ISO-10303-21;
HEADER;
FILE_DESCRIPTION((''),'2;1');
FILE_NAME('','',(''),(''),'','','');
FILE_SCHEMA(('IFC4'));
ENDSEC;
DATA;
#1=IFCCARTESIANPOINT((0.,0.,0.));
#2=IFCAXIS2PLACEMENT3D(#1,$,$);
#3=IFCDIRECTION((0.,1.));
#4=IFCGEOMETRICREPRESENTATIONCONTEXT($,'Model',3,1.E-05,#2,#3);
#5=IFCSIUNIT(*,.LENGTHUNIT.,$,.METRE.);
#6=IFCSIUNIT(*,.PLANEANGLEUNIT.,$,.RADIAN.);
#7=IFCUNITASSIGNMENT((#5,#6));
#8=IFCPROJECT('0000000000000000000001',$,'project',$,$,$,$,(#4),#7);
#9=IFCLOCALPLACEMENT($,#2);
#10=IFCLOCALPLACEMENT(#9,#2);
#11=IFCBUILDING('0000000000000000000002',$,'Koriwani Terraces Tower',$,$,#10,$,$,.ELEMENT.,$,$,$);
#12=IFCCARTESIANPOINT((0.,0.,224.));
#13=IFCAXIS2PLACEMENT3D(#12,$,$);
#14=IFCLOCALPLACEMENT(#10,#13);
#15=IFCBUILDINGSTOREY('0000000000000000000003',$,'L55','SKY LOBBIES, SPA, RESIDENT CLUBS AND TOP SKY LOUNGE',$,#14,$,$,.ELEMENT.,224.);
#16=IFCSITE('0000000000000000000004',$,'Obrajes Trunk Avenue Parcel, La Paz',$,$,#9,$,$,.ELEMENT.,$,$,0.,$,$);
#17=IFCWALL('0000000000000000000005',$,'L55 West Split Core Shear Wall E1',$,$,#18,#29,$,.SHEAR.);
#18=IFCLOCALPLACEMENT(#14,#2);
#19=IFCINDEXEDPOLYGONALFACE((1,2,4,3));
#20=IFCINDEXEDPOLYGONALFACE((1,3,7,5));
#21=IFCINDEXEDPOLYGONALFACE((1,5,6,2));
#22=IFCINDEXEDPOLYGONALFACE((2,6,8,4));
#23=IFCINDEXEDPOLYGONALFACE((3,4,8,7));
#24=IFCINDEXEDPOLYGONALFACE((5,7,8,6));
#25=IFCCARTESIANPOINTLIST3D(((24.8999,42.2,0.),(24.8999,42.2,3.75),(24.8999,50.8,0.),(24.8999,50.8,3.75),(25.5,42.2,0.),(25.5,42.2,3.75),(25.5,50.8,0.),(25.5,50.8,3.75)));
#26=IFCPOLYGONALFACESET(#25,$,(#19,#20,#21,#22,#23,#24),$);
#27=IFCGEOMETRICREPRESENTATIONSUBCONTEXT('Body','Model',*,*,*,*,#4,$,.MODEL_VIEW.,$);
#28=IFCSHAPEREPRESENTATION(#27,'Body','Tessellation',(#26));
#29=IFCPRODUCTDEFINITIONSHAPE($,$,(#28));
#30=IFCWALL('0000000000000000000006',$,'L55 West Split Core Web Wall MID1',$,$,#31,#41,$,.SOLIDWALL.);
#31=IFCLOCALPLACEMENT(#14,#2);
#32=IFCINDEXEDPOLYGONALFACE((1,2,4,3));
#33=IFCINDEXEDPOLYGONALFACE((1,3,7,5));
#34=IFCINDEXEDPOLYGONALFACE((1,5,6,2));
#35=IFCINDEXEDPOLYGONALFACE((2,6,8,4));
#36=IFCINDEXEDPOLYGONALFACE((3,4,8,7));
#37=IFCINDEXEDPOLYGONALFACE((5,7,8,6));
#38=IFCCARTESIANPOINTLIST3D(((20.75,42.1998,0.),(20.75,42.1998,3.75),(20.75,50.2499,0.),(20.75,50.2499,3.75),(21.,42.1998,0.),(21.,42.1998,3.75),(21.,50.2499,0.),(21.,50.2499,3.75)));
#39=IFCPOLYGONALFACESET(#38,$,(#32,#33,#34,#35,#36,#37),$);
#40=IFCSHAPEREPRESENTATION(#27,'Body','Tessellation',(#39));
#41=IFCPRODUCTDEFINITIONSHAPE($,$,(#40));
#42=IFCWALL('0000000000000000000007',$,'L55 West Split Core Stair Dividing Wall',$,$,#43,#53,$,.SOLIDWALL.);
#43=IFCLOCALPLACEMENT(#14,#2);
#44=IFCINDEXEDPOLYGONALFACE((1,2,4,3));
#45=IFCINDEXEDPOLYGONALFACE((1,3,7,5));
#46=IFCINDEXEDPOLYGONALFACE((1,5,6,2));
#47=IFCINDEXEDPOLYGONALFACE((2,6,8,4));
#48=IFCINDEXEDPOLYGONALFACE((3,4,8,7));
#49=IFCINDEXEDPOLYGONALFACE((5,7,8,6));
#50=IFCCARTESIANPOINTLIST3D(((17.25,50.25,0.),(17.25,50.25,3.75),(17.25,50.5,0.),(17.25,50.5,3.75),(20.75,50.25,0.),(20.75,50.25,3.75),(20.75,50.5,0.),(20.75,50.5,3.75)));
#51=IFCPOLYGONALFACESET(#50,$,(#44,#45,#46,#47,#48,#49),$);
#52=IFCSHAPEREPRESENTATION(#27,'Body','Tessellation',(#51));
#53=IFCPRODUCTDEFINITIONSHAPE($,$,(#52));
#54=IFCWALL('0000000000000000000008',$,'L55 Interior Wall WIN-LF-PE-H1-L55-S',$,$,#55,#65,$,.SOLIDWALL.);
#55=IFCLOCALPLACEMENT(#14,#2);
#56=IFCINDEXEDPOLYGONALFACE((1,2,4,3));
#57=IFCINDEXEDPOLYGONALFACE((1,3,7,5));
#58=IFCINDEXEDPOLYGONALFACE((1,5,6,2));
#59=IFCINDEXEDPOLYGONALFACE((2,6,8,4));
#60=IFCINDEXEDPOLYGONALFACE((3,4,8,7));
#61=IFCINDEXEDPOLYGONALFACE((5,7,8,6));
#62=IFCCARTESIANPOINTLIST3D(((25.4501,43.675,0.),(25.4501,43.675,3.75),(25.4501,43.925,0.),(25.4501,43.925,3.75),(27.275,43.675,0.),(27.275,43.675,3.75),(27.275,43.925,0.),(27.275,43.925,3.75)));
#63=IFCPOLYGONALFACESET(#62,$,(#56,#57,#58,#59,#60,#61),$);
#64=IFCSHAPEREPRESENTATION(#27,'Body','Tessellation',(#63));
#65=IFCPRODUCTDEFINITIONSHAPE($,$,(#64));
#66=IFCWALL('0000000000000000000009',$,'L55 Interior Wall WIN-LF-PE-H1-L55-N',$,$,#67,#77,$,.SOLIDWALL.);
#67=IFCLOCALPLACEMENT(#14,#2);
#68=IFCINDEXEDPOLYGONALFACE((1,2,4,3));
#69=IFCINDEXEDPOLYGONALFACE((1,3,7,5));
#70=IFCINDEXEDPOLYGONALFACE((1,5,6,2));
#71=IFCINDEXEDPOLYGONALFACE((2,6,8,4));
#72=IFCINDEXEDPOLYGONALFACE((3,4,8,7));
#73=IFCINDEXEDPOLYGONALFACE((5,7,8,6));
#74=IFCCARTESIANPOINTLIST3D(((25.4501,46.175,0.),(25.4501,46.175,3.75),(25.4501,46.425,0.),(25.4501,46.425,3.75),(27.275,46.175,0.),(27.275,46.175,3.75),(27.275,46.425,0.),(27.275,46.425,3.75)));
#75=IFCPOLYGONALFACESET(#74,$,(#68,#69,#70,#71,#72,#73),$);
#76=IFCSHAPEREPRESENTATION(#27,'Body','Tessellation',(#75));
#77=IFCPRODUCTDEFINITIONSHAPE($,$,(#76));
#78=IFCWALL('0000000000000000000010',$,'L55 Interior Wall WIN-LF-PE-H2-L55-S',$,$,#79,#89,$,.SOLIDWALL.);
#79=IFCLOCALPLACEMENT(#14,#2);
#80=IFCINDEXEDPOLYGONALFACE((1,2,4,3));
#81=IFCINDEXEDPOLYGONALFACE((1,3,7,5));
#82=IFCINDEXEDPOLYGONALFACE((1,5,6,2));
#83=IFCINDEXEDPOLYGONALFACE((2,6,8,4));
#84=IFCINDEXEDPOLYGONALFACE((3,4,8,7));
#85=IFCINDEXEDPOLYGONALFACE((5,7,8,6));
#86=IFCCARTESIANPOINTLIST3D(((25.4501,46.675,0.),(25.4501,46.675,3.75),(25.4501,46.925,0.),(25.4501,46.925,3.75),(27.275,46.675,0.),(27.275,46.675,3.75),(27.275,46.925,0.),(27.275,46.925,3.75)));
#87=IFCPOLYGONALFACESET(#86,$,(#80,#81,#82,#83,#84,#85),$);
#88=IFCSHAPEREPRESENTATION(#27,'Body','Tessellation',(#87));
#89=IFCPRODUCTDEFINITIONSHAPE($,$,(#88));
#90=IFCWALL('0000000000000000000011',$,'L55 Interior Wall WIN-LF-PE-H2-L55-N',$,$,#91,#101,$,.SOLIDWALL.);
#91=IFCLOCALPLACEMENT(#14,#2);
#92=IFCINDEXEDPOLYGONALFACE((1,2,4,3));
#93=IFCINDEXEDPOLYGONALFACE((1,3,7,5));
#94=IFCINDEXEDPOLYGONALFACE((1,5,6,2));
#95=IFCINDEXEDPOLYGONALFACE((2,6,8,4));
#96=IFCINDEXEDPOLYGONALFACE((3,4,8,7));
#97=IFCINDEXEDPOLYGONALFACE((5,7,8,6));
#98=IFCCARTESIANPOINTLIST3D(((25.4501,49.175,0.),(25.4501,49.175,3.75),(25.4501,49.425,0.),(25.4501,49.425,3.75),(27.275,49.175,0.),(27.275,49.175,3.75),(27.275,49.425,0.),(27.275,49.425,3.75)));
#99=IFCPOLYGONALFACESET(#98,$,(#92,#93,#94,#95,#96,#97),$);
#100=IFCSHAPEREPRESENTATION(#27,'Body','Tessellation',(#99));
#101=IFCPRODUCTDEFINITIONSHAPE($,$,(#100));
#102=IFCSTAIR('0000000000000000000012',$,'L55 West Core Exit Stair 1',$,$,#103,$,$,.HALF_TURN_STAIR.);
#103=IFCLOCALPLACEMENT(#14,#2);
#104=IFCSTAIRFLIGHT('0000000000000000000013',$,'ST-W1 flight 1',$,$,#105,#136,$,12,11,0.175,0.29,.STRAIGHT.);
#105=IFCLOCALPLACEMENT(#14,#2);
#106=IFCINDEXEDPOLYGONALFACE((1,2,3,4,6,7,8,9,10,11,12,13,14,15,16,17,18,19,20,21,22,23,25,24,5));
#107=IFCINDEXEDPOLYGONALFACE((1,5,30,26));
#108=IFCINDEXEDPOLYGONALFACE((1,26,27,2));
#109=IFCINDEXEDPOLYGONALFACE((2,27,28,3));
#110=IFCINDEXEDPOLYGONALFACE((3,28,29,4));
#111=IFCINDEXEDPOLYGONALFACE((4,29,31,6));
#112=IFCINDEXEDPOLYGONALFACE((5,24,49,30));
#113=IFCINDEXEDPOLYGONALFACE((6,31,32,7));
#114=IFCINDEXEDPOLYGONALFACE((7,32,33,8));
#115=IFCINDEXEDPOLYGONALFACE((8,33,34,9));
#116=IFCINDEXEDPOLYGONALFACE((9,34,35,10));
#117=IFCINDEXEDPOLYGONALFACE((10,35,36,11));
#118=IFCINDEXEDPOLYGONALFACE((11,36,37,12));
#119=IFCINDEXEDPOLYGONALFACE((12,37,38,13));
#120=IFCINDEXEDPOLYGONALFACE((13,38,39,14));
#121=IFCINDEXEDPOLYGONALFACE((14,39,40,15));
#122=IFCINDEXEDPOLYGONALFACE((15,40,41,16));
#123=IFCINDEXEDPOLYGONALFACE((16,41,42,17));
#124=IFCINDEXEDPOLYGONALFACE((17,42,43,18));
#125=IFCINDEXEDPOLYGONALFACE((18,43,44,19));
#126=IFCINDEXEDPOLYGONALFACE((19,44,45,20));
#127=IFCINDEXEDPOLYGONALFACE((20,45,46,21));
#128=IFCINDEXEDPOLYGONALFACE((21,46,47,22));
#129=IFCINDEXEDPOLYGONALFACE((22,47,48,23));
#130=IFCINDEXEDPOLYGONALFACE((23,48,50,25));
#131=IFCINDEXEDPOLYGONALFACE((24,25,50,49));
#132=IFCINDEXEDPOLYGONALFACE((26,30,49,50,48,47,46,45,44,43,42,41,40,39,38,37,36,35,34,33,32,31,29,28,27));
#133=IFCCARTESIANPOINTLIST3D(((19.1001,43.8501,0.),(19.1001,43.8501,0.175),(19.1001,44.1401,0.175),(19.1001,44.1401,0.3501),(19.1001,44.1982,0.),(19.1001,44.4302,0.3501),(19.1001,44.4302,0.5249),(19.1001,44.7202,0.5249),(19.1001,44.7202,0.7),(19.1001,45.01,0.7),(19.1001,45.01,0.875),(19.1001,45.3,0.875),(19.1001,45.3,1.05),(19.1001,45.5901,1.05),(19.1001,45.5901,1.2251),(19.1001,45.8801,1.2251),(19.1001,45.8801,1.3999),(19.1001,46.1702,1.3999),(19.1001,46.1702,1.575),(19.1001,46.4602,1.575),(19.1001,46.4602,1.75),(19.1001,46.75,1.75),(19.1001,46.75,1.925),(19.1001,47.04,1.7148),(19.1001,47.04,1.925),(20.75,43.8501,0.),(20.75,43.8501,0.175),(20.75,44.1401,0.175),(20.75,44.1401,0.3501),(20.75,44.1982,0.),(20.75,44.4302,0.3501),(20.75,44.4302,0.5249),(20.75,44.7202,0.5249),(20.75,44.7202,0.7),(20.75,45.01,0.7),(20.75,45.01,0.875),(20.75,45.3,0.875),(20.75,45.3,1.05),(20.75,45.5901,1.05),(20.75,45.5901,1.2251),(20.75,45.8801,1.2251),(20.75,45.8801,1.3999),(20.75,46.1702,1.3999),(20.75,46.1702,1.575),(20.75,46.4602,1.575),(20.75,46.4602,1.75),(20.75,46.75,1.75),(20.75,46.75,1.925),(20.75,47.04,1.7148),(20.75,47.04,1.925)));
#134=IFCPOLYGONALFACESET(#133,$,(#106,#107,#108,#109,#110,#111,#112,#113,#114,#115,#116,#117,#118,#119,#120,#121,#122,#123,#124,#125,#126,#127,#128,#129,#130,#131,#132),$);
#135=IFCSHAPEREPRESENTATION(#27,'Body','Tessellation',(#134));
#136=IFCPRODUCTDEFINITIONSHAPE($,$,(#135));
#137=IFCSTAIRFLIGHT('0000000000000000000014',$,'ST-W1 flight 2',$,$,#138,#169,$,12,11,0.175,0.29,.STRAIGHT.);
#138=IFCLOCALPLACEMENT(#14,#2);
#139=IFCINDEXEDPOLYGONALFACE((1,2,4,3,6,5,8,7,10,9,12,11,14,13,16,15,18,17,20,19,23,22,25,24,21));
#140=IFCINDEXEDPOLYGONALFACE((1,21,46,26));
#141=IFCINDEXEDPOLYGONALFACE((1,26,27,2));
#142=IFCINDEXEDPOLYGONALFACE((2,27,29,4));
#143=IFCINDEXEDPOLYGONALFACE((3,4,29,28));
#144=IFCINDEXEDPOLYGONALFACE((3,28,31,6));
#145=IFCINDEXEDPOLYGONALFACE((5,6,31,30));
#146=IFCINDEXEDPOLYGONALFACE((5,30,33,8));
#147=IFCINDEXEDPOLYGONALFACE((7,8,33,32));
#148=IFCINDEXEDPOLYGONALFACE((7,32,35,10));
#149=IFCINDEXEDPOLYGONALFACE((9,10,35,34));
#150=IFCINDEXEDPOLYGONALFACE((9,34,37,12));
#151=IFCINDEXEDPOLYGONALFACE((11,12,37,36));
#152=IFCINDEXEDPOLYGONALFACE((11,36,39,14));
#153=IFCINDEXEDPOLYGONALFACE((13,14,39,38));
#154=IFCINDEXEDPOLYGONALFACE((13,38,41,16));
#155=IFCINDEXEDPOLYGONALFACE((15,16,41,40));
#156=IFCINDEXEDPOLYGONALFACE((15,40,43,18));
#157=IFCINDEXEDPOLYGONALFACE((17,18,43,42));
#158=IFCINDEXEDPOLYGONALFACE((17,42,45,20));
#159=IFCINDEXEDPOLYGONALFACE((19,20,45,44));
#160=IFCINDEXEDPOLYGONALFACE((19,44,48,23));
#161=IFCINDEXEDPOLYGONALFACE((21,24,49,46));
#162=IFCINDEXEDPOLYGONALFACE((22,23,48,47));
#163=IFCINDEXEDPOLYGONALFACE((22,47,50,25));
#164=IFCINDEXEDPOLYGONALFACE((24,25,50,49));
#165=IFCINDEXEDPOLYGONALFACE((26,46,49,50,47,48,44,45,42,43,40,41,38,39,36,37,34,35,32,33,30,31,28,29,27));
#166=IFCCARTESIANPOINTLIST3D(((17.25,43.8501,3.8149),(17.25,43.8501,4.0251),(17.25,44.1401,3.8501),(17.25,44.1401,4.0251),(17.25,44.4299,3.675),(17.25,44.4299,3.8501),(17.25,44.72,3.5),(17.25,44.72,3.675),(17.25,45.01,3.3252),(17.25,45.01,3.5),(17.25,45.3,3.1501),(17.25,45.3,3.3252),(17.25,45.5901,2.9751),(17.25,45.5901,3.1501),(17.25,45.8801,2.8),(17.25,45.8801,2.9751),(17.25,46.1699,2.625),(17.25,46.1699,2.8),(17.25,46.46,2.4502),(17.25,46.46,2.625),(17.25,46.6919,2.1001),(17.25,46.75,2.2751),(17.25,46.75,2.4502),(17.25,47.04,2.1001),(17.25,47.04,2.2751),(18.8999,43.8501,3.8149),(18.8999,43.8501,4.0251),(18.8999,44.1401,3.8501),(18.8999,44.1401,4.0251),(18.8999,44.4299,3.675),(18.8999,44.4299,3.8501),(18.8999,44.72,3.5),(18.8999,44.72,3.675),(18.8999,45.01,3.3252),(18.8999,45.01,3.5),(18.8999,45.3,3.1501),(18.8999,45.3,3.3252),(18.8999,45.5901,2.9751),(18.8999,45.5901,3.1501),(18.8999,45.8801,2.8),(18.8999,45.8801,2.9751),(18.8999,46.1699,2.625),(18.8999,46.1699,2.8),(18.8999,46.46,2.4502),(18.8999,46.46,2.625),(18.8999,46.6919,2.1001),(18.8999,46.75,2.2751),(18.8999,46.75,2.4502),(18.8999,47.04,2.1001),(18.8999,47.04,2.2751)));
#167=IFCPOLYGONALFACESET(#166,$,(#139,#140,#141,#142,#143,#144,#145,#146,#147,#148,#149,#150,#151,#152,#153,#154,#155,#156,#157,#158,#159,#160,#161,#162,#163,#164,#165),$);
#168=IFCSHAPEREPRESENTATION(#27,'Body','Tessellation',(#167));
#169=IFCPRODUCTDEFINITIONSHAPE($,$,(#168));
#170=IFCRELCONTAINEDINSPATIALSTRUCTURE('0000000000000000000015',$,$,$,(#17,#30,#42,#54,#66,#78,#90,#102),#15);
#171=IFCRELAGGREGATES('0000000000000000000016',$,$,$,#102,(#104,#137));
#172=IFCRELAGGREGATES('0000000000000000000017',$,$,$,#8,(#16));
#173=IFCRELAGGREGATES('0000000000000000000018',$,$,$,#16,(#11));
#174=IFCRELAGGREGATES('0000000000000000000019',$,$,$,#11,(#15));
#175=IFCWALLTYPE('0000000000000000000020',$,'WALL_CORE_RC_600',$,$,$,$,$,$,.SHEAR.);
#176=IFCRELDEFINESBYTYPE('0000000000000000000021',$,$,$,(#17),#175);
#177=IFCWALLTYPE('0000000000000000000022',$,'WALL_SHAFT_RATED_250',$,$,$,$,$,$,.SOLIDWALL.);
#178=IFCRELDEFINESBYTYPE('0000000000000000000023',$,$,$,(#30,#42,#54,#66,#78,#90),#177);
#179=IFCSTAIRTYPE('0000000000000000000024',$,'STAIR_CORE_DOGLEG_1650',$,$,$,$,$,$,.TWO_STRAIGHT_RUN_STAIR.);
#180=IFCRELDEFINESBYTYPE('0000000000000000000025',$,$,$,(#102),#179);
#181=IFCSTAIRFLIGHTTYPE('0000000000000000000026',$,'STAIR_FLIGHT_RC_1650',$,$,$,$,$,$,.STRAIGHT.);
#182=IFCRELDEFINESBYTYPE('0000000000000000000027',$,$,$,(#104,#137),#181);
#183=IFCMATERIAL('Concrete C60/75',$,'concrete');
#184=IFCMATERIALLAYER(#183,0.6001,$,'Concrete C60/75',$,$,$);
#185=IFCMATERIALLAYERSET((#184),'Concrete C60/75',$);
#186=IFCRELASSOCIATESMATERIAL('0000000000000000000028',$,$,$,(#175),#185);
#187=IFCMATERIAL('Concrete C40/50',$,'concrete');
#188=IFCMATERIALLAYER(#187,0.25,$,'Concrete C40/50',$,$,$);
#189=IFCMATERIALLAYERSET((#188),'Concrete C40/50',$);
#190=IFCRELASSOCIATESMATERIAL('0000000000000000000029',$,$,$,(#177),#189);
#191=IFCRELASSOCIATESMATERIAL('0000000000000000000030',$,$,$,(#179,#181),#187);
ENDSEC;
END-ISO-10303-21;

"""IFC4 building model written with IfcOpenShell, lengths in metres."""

from ifc_helpers import new_model, si_unit, direction, frame, frame_2d, origin, place, context, subcontext, project, spatial, polyline, rectangle, outline, extrude, material, layer, layer_set, type_object, element, aggregate, save


model = new_model("IFC4")

# Units and contexts
model_context = context("Model", 3, precision=1e-05, world=origin(), true_north=direction((0.0, 1.0)))
body_context = subcontext(model_context, "Body", "Model", "MODEL_VIEW")
ifc_project = project(units=[si_unit("LENGTHUNIT", "METRE"), si_unit("PLANEANGLEUNIT", "RADIAN")], contexts=[model_context])

# Site, building, storey
site_placement = place(None, origin())
site = spatial("IfcSite", under=ifc_project, at=site_placement, Name="Obrajes Trunk Avenue Parcel, La Paz", CompositionType="ELEMENT", RefElevation=0.0)
building_placement = place(site_placement, origin())
building = spatial("IfcBuilding", under=site, at=building_placement, Name="Koriwani Terraces Tower", CompositionType="ELEMENT")
storey_placement = place(building_placement, frame((0.0, 0.0, 224.0)))
storey = spatial("IfcBuildingStorey", under=building, at=storey_placement, Name="L55", Description="SKY LOBBIES, SPA, RESIDENT CLUBS AND TOP SKY LOUNGE", CompositionType="ELEMENT", Elevation=224.0)

# Shared definitions
ifc_material_1 = material(Name="Concrete C60/75", Category="concrete")
ifc_material_2 = material(Name="Concrete C40/50", Category="concrete")

# Walls
ifc_layer_1 = layer(ifc_material_1, 0.6001, Name="Concrete C60/75")
ifc_layer_set_1 = layer_set([ifc_layer_1], Name="Concrete C60/75")
wall_type_1 = type_object("IfcWallType", Name="WALL_CORE_RC_600", PredefinedType="SHEAR", material=ifc_layer_set_1)
wall_1_placement = place(storey_placement, frame((25.2, 42.2, 0.0), z_axis=(0.0, 0.0, 1.0), x_axis=(0.0, 1.0, 0.0)))
element("IfcWall", 1, at=wall_1_placement, inside=storey, type_object=wall_type_1, Name="L55 West Split Core Shear Wall E1", PredefinedType="SHEAR", context=body_context, shape_type="SweptSolid", body=[
    extrude(rectangle(XDim=8.6001, YDim=0.6001, at=frame_2d((4.3, 0.0))), origin(), (0.0, 0.0, 1.0), 3.75),
])
ifc_layer_2 = layer(ifc_material_2, 0.25, Name="Concrete C40/50")
ifc_layer_set_2 = layer_set([ifc_layer_2], Name="Concrete C40/50")
wall_type_2 = type_object("IfcWallType", Name="WALL_SHAFT_RATED_250", PredefinedType="SOLIDWALL", material=ifc_layer_set_2)
wall_2_placement = place(storey_placement, frame((20.875, 42.2, 0.0), z_axis=(0.0, 0.0, 1.0), x_axis=(0.0, 1.0, 0.0)))
element("IfcWall", 2, at=wall_2_placement, inside=storey, type_object=wall_type_2, Name="L55 West Split Core Web Wall MID1", PredefinedType="SOLIDWALL", context=body_context, shape_type="SweptSolid", body=[
    extrude(rectangle(XDim=8.05, YDim=0.25, at=frame_2d((4.0249, 0.0))), origin(), (0.0, 0.0, 1.0), 3.75),
])
wall_3_placement = place(storey_placement, frame((17.25, 50.375, 0.0), z_axis=(0.0, 0.0, 1.0), x_axis=(1.0, 0.0, 0.0)))
element("IfcWall", 3, at=wall_3_placement, inside=storey, type_object=wall_type_2, Name="L55 West Split Core Stair Dividing Wall", PredefinedType="SOLIDWALL", context=body_context, shape_type="SweptSolid", body=[
    extrude(rectangle(XDim=3.5, YDim=0.25, at=frame_2d((1.75, 0.0))), origin(), (0.0, 0.0, 1.0), 3.75),
])

# Walls
for number, where, z_axis, x_axis, name in (
    (4, (25.45, 43.8, 0.0), (0.0, 0.0, 1.0), (1.0, 0.0, 0.0), "L55 Interior Wall WIN-LF-PE-H1-L55-S"),
    (5, (25.45, 46.3, 0.0), (0.0, 0.0, 1.0), (1.0, 0.0, 0.0), "L55 Interior Wall WIN-LF-PE-H1-L55-N"),
    (6, (25.45, 46.8, 0.0), (0.0, 0.0, 1.0), (1.0, 0.0, 0.0), "L55 Interior Wall WIN-LF-PE-H2-L55-S"),
    (7, (25.45, 49.3, 0.0), (0.0, 0.0, 1.0), (1.0, 0.0, 0.0), "L55 Interior Wall WIN-LF-PE-H2-L55-N"),
):
    element("IfcWall", number, at=place(storey_placement, frame(where, z_axis=z_axis, x_axis=x_axis)), inside=storey, type_object=wall_type_2, Name=name, PredefinedType="SOLIDWALL", context=body_context, shape_type="SweptSolid", body=[
        extrude(rectangle(XDim=1.825, YDim=0.25, at=frame_2d((0.9126, 0.0))), origin(), (0.0, 0.0, 1.0), 3.75),
    ])

# Stair, stair flights
stair_type = type_object("IfcStairType", Name="STAIR_CORE_DOGLEG_1650", PredefinedType="TWO_STRAIGHT_RUN_STAIR", material=ifc_material_2)
stair_placement = place(storey_placement, origin())
stair = element("IfcStair", 8, at=stair_placement, inside=storey, type_object=stair_type, Name="L55 West Core Exit Stair 1", PredefinedType="HALF_TURN_STAIR")
stair_flight_type = type_object("IfcStairFlightType", Name="STAIR_FLIGHT_RC_1650", PredefinedType="STRAIGHT", material=ifc_material_2)
stair_flight_1_placement = place(storey_placement, frame((19.925, 43.8501, 0.0), z_axis=(0.0, 0.0, 1.0), x_axis=(0.0, 1.0, 0.0)))
stair_flight_1 = element("IfcStairFlight", 9, at=stair_flight_1_placement, type_object=stair_flight_type, Name="ST-W1 flight 1", NumberOfRisers=12, NumberOfTreads=11, PredefinedType="STRAIGHT", RiserHeight=0.175, TreadLength=0.29, context=body_context, shape_type="SweptSolid", body=[
    extrude(outline(polyline([(0.0, 0.0), (0.0, 0.175), (0.29, 0.175), (0.29, 0.3501), (0.5801, 0.3501), (0.5801, 0.5249), (0.8701, 0.5249), (0.8701, 0.7), (1.1599, 0.7), (1.1599, 0.875), (1.45, 0.875), (1.45, 1.05), (1.74, 1.05), (1.74, 1.2251), (2.03, 1.2251), (2.03, 1.3999), (2.3201, 1.3999), (2.3201, 1.575), (2.6101, 1.575), (2.6101, 1.75), (2.8999, 1.75), (2.8999, 1.925), (3.1899, 1.925), (3.1899, 2.1001), (3.1899, 1.7148), (0.3481, 0.0), (0.0, 0.0)])), frame((0.0, 0.825, 0.0), z_axis=(0.0, -1.0, 0.0), x_axis=(1.0, 0.0, 0.0)), (0.0, 0.0, 1.0), 1.6499),
])
stair_flight_2_placement = place(storey_placement, frame((18.075, 47.04, 2.1001), z_axis=(0.0, 0.0, 1.0), x_axis=(0.0, -1.0, 0.0)))
stair_flight_2 = element("IfcStairFlight", 10, at=stair_flight_2_placement, type_object=stair_flight_type, Name="ST-W1 flight 2", NumberOfRisers=12, NumberOfTreads=11, PredefinedType="STRAIGHT", RiserHeight=0.175, TreadLength=0.29, context=body_context, shape_type="SweptSolid", body=[
    extrude(outline(polyline([(0.0, 0.0), (0.0, 0.175), (0.29, 0.175), (0.29, 0.3501), (0.5801, 0.3501), (0.5801, 0.5249), (0.8701, 0.5249), (0.8701, 0.7), (1.1599, 0.7), (1.1599, 0.875), (1.45, 0.875), (1.45, 1.05), (1.74, 1.05), (1.74, 1.2251), (2.03, 1.2251), (2.03, 1.3999), (2.3201, 1.3999), (2.3201, 1.575), (2.6101, 1.575), (2.6101, 1.75), (2.8999, 1.75), (2.8999, 1.925), (3.1899, 1.925), (3.1899, 2.1001), (3.1899, 1.7148), (0.3481, 0.0), (0.0, 0.0)])), frame((0.0, 0.825, 0.0), z_axis=(0.0, -1.0, 0.0), x_axis=(1.0, 0.0, 0.0)), (0.0, 0.0, 1.0), 1.6499),
])
aggregate(stair, [stair_flight_1, stair_flight_2])

save(model, "model.ifc")
